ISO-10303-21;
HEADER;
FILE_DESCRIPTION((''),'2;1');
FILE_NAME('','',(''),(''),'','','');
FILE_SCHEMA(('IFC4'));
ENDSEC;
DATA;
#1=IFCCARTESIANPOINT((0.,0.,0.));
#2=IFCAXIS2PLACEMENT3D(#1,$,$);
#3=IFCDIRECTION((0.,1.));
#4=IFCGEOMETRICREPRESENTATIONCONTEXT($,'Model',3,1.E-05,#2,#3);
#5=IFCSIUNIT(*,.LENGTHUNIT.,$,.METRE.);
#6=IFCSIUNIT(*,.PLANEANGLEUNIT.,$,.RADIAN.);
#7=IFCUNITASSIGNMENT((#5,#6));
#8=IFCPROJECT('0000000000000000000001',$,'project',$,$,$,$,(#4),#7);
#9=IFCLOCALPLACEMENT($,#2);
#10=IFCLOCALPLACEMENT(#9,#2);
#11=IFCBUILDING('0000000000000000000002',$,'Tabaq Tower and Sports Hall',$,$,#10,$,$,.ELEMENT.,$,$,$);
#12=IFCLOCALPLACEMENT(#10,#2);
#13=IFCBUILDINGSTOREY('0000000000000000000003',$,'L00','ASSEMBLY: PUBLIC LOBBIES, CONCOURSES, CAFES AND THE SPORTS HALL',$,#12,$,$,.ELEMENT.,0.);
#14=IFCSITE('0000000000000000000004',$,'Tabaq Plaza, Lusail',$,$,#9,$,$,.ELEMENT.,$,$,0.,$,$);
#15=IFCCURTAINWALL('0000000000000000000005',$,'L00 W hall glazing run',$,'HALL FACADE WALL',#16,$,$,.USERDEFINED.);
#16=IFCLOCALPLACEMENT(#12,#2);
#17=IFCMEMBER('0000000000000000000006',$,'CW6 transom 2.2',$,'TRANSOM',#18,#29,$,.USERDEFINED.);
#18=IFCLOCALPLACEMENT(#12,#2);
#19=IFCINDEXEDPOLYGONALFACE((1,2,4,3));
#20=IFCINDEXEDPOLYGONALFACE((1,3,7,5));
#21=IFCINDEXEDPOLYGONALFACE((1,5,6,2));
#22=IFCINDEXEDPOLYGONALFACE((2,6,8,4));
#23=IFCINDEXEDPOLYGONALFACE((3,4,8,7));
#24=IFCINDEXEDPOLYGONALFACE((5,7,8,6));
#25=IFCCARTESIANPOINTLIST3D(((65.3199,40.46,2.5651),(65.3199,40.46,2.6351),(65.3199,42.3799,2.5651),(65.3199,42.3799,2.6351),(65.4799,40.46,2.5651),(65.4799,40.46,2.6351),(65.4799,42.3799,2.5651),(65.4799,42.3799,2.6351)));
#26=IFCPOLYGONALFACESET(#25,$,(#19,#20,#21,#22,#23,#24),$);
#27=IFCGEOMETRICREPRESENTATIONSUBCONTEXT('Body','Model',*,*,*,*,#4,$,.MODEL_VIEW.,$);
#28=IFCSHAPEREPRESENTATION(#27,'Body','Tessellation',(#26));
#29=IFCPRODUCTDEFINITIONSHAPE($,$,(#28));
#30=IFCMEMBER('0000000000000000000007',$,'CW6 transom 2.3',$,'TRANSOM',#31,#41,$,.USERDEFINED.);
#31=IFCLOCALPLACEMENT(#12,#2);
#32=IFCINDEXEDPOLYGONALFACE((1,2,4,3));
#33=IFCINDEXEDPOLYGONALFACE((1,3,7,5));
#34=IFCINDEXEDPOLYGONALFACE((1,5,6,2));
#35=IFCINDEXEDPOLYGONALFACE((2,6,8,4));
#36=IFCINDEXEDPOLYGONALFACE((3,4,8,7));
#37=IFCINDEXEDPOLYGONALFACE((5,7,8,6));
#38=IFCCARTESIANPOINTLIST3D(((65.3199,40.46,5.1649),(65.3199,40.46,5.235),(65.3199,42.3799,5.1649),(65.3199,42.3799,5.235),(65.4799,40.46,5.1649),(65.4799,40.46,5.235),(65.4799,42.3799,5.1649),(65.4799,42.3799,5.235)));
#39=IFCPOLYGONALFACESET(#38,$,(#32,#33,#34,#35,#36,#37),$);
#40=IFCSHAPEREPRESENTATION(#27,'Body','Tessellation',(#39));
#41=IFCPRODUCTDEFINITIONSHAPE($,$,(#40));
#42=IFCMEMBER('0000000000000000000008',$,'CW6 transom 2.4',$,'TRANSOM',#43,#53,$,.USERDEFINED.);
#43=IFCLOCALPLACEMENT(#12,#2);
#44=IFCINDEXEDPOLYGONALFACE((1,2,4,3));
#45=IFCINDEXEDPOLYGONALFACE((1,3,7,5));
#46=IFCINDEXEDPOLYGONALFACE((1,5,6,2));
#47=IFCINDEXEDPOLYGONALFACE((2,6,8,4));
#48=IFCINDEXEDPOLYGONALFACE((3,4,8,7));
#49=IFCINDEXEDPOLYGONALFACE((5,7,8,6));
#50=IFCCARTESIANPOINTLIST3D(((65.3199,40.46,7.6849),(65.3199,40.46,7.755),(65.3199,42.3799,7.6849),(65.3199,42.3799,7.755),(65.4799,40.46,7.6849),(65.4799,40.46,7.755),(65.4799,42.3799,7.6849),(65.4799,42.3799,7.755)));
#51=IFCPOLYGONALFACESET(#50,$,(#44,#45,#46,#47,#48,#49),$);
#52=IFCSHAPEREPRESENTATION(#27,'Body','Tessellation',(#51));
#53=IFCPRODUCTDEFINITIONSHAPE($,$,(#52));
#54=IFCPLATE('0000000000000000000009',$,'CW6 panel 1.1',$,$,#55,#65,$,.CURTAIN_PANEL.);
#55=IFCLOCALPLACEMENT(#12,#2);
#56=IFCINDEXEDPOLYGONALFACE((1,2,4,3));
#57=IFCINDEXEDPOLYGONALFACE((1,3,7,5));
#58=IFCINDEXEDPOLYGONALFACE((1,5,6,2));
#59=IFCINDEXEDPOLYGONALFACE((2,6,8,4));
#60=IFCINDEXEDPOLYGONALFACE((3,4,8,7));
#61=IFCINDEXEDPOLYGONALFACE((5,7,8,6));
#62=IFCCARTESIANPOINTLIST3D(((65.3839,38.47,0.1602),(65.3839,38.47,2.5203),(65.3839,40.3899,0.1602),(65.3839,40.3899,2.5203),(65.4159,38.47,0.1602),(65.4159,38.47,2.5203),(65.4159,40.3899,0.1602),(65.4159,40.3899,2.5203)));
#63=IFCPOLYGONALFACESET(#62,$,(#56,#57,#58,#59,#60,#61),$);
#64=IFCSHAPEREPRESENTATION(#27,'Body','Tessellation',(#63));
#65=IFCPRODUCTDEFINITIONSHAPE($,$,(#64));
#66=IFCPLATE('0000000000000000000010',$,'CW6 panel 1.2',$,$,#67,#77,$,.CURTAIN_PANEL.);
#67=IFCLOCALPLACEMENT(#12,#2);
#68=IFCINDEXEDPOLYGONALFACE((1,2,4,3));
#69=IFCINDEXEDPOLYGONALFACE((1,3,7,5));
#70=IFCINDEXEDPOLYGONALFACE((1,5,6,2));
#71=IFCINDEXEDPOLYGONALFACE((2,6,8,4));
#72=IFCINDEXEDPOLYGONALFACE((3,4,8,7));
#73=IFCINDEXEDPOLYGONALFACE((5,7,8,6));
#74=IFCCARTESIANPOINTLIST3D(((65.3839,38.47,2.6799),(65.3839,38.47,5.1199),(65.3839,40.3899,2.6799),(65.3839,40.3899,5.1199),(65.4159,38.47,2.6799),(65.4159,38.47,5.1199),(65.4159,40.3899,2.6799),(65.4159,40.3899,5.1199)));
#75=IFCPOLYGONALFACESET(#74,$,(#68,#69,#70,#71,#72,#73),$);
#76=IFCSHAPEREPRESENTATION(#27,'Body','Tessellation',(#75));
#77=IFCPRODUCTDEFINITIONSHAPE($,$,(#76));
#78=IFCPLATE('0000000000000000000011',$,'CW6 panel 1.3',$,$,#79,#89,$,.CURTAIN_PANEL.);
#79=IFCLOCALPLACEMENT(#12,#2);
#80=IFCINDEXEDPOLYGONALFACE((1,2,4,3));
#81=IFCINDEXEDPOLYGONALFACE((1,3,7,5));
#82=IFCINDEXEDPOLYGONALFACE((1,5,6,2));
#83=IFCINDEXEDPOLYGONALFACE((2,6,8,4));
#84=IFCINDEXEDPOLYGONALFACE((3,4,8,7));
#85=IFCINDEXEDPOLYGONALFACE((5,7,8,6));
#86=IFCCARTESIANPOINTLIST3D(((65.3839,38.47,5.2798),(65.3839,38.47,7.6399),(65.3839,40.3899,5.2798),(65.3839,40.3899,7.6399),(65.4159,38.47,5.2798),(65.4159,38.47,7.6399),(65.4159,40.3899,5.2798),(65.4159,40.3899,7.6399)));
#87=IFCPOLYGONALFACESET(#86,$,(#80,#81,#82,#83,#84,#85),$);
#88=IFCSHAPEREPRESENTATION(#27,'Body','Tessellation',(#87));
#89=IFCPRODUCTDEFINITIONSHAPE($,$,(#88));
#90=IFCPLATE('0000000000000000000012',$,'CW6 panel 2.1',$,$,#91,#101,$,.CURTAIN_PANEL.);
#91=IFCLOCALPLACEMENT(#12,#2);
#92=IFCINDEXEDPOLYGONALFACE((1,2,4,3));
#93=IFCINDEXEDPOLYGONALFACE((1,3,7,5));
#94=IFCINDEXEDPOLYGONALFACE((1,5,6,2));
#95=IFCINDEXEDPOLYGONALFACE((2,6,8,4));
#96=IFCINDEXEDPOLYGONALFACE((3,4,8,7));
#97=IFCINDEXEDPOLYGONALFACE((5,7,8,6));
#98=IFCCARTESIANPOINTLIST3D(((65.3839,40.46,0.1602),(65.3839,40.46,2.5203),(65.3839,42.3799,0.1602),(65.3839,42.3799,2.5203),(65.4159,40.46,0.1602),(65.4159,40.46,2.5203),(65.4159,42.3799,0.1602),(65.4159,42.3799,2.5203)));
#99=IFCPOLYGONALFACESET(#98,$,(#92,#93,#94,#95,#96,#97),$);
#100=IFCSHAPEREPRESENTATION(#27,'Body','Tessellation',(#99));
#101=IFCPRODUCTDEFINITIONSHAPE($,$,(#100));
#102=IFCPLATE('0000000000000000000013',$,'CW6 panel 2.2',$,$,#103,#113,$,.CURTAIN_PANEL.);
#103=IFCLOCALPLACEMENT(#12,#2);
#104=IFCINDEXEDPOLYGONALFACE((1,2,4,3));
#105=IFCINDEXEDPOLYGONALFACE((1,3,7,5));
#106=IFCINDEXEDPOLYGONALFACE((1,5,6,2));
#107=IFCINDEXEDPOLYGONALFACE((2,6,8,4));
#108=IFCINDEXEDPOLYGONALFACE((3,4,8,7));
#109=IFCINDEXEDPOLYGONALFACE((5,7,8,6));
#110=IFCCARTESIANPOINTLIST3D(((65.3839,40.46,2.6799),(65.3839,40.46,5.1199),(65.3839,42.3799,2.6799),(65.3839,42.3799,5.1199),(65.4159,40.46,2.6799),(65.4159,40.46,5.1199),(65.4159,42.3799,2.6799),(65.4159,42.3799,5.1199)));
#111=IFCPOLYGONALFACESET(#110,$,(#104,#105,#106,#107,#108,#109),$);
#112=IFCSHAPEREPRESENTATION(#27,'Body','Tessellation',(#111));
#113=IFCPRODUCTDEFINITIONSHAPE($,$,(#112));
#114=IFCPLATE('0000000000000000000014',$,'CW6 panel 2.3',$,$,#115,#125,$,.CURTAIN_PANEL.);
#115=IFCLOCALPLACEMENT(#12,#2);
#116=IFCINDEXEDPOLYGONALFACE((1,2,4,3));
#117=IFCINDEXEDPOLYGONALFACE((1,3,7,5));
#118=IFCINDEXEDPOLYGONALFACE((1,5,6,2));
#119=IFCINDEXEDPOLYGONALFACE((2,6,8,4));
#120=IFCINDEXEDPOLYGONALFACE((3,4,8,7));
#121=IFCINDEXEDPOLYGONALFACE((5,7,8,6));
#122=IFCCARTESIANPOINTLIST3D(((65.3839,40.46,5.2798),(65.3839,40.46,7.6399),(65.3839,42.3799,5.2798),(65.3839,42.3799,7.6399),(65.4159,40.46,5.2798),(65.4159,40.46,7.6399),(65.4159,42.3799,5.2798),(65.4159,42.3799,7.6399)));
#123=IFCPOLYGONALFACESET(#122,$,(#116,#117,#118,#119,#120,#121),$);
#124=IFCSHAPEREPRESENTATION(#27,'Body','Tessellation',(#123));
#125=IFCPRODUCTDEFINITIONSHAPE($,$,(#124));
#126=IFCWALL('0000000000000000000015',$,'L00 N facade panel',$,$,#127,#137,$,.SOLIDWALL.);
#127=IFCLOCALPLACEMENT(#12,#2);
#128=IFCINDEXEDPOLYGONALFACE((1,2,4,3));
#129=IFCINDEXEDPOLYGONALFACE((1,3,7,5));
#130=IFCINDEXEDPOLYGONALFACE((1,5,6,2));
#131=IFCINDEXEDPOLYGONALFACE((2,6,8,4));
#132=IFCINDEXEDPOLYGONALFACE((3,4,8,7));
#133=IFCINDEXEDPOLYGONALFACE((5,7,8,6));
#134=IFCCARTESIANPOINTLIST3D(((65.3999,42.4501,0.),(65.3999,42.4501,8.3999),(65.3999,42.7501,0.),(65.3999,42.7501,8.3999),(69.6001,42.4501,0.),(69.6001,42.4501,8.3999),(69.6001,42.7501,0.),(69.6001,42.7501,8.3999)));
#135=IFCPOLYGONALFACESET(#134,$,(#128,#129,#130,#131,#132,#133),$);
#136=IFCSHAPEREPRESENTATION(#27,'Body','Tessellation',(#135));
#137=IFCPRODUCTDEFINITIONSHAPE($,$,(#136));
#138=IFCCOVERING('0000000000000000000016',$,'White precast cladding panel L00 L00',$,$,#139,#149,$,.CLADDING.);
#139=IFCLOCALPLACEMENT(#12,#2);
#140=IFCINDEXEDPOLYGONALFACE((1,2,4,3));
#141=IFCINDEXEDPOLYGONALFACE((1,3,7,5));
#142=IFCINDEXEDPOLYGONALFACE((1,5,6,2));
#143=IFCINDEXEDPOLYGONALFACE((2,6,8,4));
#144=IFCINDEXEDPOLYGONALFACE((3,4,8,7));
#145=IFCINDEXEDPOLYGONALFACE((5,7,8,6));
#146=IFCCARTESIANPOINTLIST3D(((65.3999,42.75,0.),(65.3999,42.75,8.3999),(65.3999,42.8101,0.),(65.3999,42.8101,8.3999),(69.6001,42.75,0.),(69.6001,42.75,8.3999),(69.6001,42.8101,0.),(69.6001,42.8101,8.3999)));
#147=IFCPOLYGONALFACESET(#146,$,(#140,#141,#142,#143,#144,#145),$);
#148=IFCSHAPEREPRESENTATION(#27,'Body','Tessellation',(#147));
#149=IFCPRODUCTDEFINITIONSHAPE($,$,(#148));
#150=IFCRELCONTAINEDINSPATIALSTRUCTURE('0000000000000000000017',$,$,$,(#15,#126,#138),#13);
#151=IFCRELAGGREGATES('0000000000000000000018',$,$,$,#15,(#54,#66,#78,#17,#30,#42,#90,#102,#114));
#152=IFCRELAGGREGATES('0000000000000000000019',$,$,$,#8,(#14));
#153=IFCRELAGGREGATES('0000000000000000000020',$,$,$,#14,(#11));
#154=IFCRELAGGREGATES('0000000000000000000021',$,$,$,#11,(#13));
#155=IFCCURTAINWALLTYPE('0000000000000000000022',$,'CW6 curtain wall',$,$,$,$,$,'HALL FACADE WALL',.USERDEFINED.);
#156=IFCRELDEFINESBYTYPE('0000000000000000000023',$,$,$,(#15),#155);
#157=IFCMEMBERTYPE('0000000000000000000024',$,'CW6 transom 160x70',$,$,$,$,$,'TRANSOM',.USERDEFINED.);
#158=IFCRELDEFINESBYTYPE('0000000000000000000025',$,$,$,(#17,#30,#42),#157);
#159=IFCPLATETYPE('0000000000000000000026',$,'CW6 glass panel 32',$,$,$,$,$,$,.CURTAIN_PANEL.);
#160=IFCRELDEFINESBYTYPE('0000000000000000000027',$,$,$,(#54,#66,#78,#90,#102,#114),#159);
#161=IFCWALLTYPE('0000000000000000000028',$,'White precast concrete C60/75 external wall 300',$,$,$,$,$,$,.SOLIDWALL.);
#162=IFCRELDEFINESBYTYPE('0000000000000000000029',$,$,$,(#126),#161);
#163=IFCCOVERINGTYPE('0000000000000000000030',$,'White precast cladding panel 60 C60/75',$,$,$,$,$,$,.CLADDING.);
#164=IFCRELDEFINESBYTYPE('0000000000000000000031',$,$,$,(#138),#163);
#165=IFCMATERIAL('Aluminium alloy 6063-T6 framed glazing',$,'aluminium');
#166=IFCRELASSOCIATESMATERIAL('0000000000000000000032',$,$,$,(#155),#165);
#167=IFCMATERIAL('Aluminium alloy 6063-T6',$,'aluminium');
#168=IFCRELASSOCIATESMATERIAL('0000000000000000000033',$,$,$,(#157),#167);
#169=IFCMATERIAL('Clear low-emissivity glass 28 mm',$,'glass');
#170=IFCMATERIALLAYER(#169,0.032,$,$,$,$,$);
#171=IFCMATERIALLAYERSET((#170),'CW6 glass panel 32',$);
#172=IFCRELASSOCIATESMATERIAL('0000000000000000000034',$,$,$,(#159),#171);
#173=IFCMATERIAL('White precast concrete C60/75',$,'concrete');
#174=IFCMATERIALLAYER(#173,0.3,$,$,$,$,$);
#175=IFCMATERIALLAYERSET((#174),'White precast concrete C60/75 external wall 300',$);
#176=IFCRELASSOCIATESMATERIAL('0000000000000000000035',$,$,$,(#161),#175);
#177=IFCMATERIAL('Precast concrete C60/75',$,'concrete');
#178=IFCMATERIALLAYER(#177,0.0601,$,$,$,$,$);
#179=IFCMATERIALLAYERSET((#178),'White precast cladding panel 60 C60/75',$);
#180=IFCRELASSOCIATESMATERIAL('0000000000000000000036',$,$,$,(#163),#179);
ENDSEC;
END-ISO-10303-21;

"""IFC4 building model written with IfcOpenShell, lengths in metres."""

from ifc_helpers import new_model, si_unit, direction, frame, frame_2d, origin, origin_2d, place, context, subcontext, project, spatial, rectangle, extrude, material, layer, layer_set, material_profile, profile_set, type_object, element, aggregate, save


model = new_model("IFC4")

# Units and contexts
model_context = context("Model", 3, precision=1e-05, world=origin(), true_north=direction((0.0, 1.0)))
body_context = subcontext(model_context, "Body", "Model", "MODEL_VIEW")
ifc_project = project(units=[si_unit("LENGTHUNIT", "METRE"), si_unit("PLANEANGLEUNIT", "RADIAN")], contexts=[model_context])

# Site, building, storey
site_placement = place(None, origin())
site = spatial("IfcSite", under=ifc_project, at=site_placement, Name="Tabaq Plaza, Lusail", CompositionType="ELEMENT", RefElevation=0.0)
building_placement = place(site_placement, origin())
building = spatial("IfcBuilding", under=site, at=building_placement, Name="Tabaq Tower and Sports Hall", CompositionType="ELEMENT")
storey_placement = place(building_placement, origin())
storey = spatial("IfcBuildingStorey", under=building, at=storey_placement, Name="L00", Description="ASSEMBLY: PUBLIC LOBBIES, CONCOURSES, CAFES AND THE SPORTS HALL", CompositionType="ELEMENT", Elevation=0.0)

# Curtain wall, members, plates
ifc_material_1 = material(Name="Aluminium alloy 6063-T6 framed glazing", Category="aluminium")
curtain_wall_type = type_object("IfcCurtainWallType", Name="CW6 curtain wall", ElementType="HALL FACADE WALL", PredefinedType="USERDEFINED", material=ifc_material_1)
curtain_wall_placement = place(storey_placement, origin())
curtain_wall = element("IfcCurtainWall", 1, at=curtain_wall_placement, inside=storey, type_object=curtain_wall_type, Name="L00 W hall glazing run", ObjectType="HALL FACADE WALL", PredefinedType="USERDEFINED")
ifc_material_2 = material(Name="Aluminium alloy 6063-T6", Category="aluminium")
ifc_material_profile_1 = material_profile(ifc_material_2, rectangle(XDim=0.1599, YDim=0.0701, at=origin_2d()), Name="TRANSOM 160x70")
ifc_profile_set_1 = profile_set([ifc_material_profile_1], Name="Aluminium alloy 6063-T6")
member_type_1 = type_object("IfcMemberType", Name="CW6 transom 160x70", ElementType="TRANSOM", PredefinedType="USERDEFINED", material=ifc_profile_set_1)
member_1_placement = place(storey_placement, frame((65.3999, 40.46, 2.6001), z_axis=(0.0, 1.0, 0.0), x_axis=(-1.0, 0.0, 0.0)))
member_1 = element("IfcMember", 2, at=member_1_placement, type_object=member_type_1, Name="CW6 transom 2.2", ObjectType="TRANSOM", PredefinedType="USERDEFINED", context=body_context, shape_type="SweptSolid", body=[
    extrude(rectangle(XDim=0.1599, YDim=0.0701, at=origin_2d()), origin(), (0.0, 0.0, 1.0), 1.9199),
])
member_2_placement = place(storey_placement, frame((65.3999, 40.46, 5.2), z_axis=(0.0, 1.0, 0.0), x_axis=(-1.0, 0.0, 0.0)))
member_2 = element("IfcMember", 3, at=member_2_placement, type_object=member_type_1, Name="CW6 transom 2.3", ObjectType="TRANSOM", PredefinedType="USERDEFINED", context=body_context, shape_type="SweptSolid", body=[
    extrude(rectangle(XDim=0.1599, YDim=0.0701, at=origin_2d()), origin(), (0.0, 0.0, 1.0), 1.9199),
])
member_3_placement = place(storey_placement, frame((65.3999, 40.46, 7.72), z_axis=(0.0, 1.0, 0.0), x_axis=(-1.0, 0.0, 0.0)))
member_3 = element("IfcMember", 4, at=member_3_placement, type_object=member_type_1, Name="CW6 transom 2.4", ObjectType="TRANSOM", PredefinedType="USERDEFINED", context=body_context, shape_type="SweptSolid", body=[
    extrude(rectangle(XDim=0.1599, YDim=0.0701, at=origin_2d()), origin(), (0.0, 0.0, 1.0), 1.9199),
])
ifc_material_3 = material(Name="Clear low-emissivity glass 28 mm", Category="glass")
ifc_layer_1 = layer(ifc_material_3, 0.032)
ifc_layer_set_1 = layer_set([ifc_layer_1], Name="CW6 glass panel 32")
plate_type = type_object("IfcPlateType", Name="CW6 glass panel 32", PredefinedType="CURTAIN_PANEL", material=ifc_layer_set_1)
plate_1_placement = place(storey_placement, frame((65.3999, 39.4299, 0.1602), z_axis=(0.0, 0.0, 1.0), x_axis=(0.0, 1.0, 0.0)))
plate_1 = element("IfcPlate", 5, at=plate_1_placement, type_object=plate_type, Name="CW6 panel 1.1", PredefinedType="CURTAIN_PANEL", context=body_context, shape_type="SweptSolid", body=[
    extrude(rectangle(XDim=1.9199, YDim=0.032, at=origin_2d()), origin(), (0.0, 0.0, 1.0), 2.3601),
])
plate_2_placement = place(storey_placement, frame((65.3999, 39.4299, 2.6799), z_axis=(0.0, 0.0, 1.0), x_axis=(0.0, 1.0, 0.0)))
plate_2 = element("IfcPlate", 6, at=plate_2_placement, type_object=plate_type, Name="CW6 panel 1.2", PredefinedType="CURTAIN_PANEL", context=body_context, shape_type="SweptSolid", body=[
    extrude(rectangle(XDim=1.9199, YDim=0.032, at=origin_2d()), origin(), (0.0, 0.0, 1.0), 2.4399),
])
plate_3_placement = place(storey_placement, frame((65.3999, 39.4299, 5.2798), z_axis=(0.0, 0.0, 1.0), x_axis=(0.0, 1.0, 0.0)))
plate_3 = element("IfcPlate", 7, at=plate_3_placement, type_object=plate_type, Name="CW6 panel 1.3", PredefinedType="CURTAIN_PANEL", context=body_context, shape_type="SweptSolid", body=[
    extrude(rectangle(XDim=1.9199, YDim=0.032, at=origin_2d()), origin(), (0.0, 0.0, 1.0), 2.3601),
])
plate_4_placement = place(storey_placement, frame((65.3999, 41.4199, 0.1602), z_axis=(0.0, 0.0, 1.0), x_axis=(0.0, 1.0, 0.0)))
plate_4 = element("IfcPlate", 8, at=plate_4_placement, type_object=plate_type, Name="CW6 panel 2.1", PredefinedType="CURTAIN_PANEL", context=body_context, shape_type="SweptSolid", body=[
    extrude(rectangle(XDim=1.9199, YDim=0.032, at=origin_2d()), origin(), (0.0, 0.0, 1.0), 2.3601),
])
plate_5_placement = place(storey_placement, frame((65.3999, 41.4199, 2.6799), z_axis=(0.0, 0.0, 1.0), x_axis=(0.0, 1.0, 0.0)))
plate_5 = element("IfcPlate", 9, at=plate_5_placement, type_object=plate_type, Name="CW6 panel 2.2", PredefinedType="CURTAIN_PANEL", context=body_context, shape_type="SweptSolid", body=[
    extrude(rectangle(XDim=1.9199, YDim=0.032, at=origin_2d()), origin(), (0.0, 0.0, 1.0), 2.4399),
])
plate_6_placement = place(storey_placement, frame((65.3999, 41.4199, 5.2798), z_axis=(0.0, 0.0, 1.0), x_axis=(0.0, 1.0, 0.0)))
plate_6 = element("IfcPlate", 10, at=plate_6_placement, type_object=plate_type, Name="CW6 panel 2.3", PredefinedType="CURTAIN_PANEL", context=body_context, shape_type="SweptSolid", body=[
    extrude(rectangle(XDim=1.9199, YDim=0.032, at=origin_2d()), origin(), (0.0, 0.0, 1.0), 2.3601),
])
aggregate(curtain_wall, [plate_1, plate_2, plate_3, member_1, member_2, member_3, plate_4, plate_5, plate_6])

# Wall
ifc_material_4 = material(Name="White precast concrete C60/75", Category="concrete")
ifc_layer_2 = layer(ifc_material_4, 0.3)
ifc_layer_set_2 = layer_set([ifc_layer_2], Name="White precast concrete C60/75 external wall 300")
wall_type = type_object("IfcWallType", Name="White precast concrete C60/75 external wall 300", PredefinedType="SOLIDWALL", material=ifc_layer_set_2)
wall_placement = place(storey_placement, frame((65.3999, 42.6001, 0.0), z_axis=(0.0, 0.0, 1.0), x_axis=(1.0, 0.0, 0.0)))
element("IfcWall", 11, at=wall_placement, inside=storey, type_object=wall_type, Name="L00 N facade panel", PredefinedType="SOLIDWALL", context=body_context, shape_type="SweptSolid", body=[
    extrude(rectangle(XDim=4.2002, YDim=0.3, at=frame_2d((2.1001, 0.0))), origin(), (0.0, 0.0, 1.0), 8.3999),
])

# Covering
ifc_material_5 = material(Name="Precast concrete C60/75", Category="concrete")
ifc_layer_3 = layer(ifc_material_5, 0.0601)
ifc_layer_set_3 = layer_set([ifc_layer_3], Name="White precast cladding panel 60 C60/75")
covering_type = type_object("IfcCoveringType", Name="White precast cladding panel 60 C60/75", PredefinedType="CLADDING", material=ifc_layer_set_3)
covering_placement = place(storey_placement, frame((65.3999, 42.78, 0.0), z_axis=(0.0, 0.0, 1.0), x_axis=(1.0, 0.0, 0.0)))
element("IfcCovering", 12, at=covering_placement, inside=storey, type_object=covering_type, Name="White precast cladding panel L00 L00", PredefinedType="CLADDING", context=body_context, shape_type="SweptSolid", body=[
    extrude(rectangle(XDim=4.2002, YDim=0.0601, at=frame_2d((2.1001, 0.0))), origin(), (0.0, 0.0, 1.0), 8.3999),
])

save(model, "model.ifc")
